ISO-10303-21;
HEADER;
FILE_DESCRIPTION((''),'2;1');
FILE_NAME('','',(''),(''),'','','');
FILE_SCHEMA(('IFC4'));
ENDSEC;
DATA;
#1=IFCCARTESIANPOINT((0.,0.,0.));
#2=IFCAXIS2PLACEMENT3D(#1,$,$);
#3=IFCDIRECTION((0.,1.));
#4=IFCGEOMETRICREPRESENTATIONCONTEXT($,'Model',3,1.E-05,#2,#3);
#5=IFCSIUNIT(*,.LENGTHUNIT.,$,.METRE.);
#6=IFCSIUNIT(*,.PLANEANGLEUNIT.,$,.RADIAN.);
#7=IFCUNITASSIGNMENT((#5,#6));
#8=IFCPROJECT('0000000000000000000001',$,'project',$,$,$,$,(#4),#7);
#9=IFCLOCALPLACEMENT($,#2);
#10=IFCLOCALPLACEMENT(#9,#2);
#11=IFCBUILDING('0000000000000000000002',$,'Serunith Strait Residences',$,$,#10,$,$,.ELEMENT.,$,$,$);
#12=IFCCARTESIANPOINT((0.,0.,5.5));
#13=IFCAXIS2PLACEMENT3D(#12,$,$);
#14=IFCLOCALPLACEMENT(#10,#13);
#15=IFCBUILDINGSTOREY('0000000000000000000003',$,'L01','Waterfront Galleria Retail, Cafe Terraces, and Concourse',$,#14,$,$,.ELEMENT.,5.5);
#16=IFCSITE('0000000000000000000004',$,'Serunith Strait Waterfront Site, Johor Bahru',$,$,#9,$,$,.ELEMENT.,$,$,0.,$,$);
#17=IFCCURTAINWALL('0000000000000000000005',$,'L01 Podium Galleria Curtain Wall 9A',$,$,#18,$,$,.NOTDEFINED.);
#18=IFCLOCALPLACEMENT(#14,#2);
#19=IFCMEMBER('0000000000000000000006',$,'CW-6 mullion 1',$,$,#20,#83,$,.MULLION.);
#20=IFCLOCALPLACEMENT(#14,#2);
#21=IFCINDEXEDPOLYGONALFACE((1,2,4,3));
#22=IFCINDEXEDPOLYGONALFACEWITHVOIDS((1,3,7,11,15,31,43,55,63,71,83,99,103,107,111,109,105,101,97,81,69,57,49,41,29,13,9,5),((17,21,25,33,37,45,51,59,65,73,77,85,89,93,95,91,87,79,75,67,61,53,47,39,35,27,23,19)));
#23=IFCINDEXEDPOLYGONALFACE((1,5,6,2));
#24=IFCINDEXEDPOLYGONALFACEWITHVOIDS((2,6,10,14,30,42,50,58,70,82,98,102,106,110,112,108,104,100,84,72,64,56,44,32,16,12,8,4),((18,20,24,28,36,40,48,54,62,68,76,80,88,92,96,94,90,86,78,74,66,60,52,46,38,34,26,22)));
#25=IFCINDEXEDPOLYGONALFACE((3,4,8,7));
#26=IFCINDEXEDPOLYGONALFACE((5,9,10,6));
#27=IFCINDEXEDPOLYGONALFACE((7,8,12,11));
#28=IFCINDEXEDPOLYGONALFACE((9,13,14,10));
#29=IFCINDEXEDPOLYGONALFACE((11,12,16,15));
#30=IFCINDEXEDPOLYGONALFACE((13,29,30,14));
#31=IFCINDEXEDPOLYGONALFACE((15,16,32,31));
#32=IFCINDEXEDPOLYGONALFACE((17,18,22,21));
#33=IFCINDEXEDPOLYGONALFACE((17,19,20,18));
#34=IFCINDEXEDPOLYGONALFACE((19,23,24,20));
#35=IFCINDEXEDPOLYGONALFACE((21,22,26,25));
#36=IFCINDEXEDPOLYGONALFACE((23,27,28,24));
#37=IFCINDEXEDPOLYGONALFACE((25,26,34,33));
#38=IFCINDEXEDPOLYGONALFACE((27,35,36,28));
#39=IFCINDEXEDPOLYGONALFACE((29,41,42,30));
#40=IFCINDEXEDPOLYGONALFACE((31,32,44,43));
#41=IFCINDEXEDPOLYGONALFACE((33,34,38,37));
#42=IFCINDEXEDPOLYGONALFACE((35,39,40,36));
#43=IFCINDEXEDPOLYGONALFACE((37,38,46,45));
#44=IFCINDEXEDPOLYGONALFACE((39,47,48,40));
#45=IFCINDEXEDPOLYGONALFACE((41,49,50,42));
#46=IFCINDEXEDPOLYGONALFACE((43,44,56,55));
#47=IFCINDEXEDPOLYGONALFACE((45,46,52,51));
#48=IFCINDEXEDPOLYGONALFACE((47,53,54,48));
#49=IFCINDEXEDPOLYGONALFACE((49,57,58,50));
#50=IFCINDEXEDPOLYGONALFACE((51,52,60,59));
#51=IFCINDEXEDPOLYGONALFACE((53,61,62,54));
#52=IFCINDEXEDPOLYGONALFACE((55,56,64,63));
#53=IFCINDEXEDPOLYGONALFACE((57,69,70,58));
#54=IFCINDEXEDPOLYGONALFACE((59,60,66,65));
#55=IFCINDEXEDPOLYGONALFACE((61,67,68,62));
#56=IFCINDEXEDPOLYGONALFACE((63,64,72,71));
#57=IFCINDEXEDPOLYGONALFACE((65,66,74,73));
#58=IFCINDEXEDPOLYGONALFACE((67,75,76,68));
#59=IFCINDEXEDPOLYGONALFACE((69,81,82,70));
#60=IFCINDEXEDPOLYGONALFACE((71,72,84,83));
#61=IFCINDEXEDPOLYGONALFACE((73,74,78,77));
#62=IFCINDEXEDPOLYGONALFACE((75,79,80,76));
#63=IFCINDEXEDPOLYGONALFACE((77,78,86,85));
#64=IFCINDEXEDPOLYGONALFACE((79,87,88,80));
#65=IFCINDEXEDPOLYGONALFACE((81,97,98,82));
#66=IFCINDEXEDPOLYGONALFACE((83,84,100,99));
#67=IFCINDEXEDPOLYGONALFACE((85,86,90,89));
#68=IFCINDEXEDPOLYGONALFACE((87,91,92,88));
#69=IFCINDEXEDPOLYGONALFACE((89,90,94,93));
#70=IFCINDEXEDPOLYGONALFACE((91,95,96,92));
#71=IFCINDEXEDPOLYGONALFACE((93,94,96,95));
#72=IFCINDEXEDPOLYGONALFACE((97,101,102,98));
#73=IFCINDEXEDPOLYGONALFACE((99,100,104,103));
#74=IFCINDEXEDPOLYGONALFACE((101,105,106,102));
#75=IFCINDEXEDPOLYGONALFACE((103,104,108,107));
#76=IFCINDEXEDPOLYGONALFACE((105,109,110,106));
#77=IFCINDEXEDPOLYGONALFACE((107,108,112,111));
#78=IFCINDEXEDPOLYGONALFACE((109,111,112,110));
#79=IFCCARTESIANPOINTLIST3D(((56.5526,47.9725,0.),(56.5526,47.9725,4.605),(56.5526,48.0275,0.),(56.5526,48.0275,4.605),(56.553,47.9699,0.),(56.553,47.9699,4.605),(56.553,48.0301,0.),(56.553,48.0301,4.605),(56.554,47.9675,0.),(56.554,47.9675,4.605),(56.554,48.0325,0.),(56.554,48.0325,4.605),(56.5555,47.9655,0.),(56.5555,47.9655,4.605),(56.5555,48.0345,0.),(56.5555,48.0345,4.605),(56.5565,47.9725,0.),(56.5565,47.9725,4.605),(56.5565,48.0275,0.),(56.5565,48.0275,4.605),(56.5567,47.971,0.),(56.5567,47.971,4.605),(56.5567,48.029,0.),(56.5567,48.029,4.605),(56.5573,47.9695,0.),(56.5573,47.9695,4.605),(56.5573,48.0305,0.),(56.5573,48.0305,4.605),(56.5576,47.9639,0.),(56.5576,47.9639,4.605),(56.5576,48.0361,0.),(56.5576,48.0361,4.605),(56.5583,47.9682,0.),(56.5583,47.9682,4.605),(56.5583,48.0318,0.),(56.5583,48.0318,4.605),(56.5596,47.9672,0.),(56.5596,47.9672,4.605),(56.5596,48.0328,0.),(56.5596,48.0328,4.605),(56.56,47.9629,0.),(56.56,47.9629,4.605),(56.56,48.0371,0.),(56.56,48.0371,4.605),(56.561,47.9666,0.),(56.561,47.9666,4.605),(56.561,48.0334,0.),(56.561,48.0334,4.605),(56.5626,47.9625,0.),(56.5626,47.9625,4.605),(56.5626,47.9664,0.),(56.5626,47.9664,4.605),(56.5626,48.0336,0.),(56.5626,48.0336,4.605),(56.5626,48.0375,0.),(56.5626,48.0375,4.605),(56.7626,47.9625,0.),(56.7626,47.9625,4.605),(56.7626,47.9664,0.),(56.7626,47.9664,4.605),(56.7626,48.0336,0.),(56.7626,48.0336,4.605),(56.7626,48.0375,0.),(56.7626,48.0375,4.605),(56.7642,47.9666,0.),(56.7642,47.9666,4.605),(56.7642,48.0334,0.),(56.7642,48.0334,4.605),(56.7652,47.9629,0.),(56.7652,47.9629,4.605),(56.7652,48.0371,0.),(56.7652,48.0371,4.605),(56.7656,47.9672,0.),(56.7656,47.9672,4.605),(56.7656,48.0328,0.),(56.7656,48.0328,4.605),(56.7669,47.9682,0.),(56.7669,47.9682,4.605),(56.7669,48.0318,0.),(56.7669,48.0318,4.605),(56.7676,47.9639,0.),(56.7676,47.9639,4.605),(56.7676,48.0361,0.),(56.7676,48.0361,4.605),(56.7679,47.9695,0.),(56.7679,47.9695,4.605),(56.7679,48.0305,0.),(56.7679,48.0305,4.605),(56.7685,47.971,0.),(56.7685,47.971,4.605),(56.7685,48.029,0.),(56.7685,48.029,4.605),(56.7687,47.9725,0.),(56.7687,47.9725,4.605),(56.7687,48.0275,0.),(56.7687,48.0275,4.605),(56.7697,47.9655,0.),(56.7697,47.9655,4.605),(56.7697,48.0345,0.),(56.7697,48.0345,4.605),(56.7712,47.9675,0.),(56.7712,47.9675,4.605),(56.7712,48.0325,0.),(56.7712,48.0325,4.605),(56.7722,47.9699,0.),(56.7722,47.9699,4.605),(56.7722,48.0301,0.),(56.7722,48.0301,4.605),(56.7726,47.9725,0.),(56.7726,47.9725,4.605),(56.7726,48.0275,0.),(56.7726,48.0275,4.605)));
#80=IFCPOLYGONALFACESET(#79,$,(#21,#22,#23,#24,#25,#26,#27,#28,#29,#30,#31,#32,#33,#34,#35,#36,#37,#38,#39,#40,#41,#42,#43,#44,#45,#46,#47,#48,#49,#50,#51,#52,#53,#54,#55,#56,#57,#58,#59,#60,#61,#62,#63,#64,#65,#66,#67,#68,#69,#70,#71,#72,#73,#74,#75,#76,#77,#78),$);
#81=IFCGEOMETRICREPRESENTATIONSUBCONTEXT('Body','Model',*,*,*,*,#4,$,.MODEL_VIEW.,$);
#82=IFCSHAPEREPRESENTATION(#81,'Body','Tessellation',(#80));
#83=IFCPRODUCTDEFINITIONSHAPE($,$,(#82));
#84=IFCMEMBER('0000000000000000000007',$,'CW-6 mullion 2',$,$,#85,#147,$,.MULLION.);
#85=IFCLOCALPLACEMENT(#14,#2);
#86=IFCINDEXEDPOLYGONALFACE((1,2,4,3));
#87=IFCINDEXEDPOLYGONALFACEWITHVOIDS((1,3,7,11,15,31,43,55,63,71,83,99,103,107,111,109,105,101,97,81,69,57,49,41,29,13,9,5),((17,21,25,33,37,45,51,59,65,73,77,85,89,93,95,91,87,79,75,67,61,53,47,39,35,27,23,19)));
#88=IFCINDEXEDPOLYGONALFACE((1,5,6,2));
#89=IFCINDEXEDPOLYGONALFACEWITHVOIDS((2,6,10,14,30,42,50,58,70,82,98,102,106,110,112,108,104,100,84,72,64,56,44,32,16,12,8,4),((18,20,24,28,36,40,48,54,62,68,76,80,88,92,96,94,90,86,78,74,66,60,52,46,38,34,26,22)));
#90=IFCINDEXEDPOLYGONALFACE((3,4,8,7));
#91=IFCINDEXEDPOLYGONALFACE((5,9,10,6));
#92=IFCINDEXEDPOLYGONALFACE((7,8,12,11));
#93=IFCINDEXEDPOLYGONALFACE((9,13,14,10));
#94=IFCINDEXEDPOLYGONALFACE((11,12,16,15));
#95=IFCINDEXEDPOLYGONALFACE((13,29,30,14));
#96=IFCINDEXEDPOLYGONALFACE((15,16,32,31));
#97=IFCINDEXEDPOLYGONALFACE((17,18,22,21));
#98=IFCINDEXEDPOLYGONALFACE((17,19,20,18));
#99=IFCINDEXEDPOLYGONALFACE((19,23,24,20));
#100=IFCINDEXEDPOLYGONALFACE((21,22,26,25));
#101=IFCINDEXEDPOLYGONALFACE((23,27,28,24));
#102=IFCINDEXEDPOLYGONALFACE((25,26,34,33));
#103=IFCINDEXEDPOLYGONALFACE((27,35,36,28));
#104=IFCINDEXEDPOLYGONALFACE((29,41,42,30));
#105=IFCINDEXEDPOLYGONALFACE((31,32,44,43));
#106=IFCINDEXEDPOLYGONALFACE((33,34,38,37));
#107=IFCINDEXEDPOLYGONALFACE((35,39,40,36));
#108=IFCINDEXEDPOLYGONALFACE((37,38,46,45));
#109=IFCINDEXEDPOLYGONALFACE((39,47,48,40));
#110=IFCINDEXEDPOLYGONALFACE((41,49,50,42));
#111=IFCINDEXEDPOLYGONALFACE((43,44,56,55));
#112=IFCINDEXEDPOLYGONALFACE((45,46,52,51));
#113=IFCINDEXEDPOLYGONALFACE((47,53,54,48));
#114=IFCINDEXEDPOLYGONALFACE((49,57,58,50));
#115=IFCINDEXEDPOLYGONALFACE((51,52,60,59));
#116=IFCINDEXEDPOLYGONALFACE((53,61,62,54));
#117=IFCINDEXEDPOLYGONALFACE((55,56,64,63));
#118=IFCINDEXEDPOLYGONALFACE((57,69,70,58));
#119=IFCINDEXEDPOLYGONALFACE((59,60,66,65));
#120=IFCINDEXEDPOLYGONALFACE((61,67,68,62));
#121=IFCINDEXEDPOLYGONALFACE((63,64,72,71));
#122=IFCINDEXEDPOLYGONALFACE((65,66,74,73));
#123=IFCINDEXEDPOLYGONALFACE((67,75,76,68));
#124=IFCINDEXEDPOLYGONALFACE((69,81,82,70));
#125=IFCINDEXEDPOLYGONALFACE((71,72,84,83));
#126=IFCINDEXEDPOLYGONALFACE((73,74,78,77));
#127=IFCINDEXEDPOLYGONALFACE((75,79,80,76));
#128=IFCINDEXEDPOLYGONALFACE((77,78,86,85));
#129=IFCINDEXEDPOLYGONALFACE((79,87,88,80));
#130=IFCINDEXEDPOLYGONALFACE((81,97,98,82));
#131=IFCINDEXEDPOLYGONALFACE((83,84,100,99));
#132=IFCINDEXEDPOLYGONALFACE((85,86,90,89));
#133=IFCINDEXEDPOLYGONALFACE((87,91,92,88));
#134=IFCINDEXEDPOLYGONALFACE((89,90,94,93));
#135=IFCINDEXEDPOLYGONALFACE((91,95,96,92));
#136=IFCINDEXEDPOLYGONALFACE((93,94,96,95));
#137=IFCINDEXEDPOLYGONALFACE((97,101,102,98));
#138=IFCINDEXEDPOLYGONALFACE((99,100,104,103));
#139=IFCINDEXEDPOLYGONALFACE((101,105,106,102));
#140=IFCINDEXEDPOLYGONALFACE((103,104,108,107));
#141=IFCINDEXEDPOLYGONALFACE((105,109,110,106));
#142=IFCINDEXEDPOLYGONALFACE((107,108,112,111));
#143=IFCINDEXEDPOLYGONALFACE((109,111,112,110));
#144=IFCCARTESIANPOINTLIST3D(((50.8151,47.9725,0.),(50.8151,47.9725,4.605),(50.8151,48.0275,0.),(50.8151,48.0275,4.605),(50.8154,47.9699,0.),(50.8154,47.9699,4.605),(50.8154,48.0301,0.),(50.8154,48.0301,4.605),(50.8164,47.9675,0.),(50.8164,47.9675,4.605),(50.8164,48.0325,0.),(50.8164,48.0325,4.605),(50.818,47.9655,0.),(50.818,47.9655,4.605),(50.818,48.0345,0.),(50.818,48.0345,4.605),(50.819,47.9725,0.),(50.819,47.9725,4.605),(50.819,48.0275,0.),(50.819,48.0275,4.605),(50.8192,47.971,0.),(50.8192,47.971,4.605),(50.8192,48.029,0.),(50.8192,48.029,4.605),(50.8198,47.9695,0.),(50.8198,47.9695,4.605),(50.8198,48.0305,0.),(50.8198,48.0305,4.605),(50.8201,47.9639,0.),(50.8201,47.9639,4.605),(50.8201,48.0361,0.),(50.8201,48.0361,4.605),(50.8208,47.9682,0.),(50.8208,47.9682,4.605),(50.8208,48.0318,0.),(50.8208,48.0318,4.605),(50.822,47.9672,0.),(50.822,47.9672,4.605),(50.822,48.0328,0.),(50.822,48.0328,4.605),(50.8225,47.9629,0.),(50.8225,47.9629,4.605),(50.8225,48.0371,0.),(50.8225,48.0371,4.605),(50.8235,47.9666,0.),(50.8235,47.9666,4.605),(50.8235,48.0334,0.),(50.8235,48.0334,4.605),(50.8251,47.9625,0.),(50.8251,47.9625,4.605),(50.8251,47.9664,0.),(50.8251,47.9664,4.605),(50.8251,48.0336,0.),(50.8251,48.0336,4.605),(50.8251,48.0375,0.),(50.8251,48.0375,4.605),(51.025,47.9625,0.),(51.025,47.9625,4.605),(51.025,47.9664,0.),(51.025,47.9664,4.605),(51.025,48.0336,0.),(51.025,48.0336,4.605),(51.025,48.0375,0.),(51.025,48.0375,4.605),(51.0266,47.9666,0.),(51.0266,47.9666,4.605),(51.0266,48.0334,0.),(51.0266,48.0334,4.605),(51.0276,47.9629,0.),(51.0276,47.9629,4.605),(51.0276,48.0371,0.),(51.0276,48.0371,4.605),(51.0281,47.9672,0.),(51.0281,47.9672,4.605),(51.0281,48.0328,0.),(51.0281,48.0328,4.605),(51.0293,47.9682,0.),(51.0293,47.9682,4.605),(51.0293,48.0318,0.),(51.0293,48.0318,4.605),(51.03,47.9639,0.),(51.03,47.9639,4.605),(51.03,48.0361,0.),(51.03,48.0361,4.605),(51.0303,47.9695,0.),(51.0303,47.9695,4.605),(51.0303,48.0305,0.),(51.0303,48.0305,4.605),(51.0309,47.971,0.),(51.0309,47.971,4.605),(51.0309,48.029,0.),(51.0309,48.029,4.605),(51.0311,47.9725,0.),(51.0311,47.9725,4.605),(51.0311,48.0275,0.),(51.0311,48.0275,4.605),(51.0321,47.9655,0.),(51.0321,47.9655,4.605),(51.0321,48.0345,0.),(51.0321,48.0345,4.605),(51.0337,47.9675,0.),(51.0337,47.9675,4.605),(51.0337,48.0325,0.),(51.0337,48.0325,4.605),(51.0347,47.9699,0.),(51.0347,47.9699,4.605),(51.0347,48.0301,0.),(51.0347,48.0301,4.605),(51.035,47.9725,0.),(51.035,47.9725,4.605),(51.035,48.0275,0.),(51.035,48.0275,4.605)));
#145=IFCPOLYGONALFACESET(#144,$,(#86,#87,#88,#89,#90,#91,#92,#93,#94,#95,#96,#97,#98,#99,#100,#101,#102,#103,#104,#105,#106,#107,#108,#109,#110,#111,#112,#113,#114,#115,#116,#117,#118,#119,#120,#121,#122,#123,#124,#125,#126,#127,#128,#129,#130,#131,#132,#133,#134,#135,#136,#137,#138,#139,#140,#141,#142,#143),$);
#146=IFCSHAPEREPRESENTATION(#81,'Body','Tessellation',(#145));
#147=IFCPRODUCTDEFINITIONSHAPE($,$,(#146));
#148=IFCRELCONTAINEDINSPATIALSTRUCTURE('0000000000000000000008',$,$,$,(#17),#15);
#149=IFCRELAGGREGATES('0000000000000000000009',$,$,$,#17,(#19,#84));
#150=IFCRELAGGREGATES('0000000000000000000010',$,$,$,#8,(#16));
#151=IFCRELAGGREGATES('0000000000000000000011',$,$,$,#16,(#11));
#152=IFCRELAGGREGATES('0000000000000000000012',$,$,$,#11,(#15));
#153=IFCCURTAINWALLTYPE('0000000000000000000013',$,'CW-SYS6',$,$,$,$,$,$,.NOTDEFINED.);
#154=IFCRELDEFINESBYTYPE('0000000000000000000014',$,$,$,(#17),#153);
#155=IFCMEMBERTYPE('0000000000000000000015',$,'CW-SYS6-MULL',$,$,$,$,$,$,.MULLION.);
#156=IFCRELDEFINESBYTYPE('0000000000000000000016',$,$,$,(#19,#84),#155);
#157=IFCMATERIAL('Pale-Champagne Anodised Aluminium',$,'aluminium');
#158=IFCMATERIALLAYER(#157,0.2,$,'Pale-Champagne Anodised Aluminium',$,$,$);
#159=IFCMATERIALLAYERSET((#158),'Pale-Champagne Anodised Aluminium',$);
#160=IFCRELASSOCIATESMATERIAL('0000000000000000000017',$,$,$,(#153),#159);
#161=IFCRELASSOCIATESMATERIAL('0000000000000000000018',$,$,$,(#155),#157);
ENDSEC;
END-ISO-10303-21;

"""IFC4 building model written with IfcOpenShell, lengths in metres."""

from ifc_helpers import new_model, si_unit, direction, frame, origin, origin_2d, place, context, subcontext, project, spatial, hollow_rectangle, extrude, source, transform, mapped, material, layer, layer_set, material_profile, profile_set, type_object, element, aggregate, save


model = new_model("IFC4")

# Units and contexts
model_context = context("Model", 3, precision=1e-05, world=origin(), true_north=direction((0.0, 1.0)))
body_context = subcontext(model_context, "Body", "Model", "MODEL_VIEW")
ifc_project = project(units=[si_unit("LENGTHUNIT", "METRE"), si_unit("PLANEANGLEUNIT", "RADIAN")], contexts=[model_context])

# Site, building, storey
site_placement = place(None, origin())
site = spatial("IfcSite", under=ifc_project, at=site_placement, Name="Serunith Strait Waterfront Site, Johor Bahru", CompositionType="ELEMENT", RefElevation=0.0)
building_placement = place(site_placement, origin())
building = spatial("IfcBuilding", under=site, at=building_placement, Name="Serunith Strait Residences", CompositionType="ELEMENT")
storey_placement = place(building_placement, frame((0.0, 0.0, 5.5)))
storey = spatial("IfcBuildingStorey", under=building, at=storey_placement, Name="L01", Description="Waterfront Galleria Retail, Cafe Terraces, and Concourse", CompositionType="ELEMENT", Elevation=5.5)

# Curtain wall, members
ifc_material_1 = material(Name="Pale-Champagne Anodised Aluminium", Category="aluminium")
ifc_layer_1 = layer(ifc_material_1, 0.2, Name="Pale-Champagne Anodised Aluminium")
ifc_layer_set_1 = layer_set([ifc_layer_1], Name="Pale-Champagne Anodised Aluminium")
curtain_wall_type = type_object("IfcCurtainWallType", Name="CW-SYS6", PredefinedType="NOTDEFINED", material=ifc_layer_set_1)
curtain_wall_placement = place(storey_placement, origin())
curtain_wall = element("IfcCurtainWall", 1, at=curtain_wall_placement, inside=storey, type_object=curtain_wall_type, Name="L01 Podium Galleria Curtain Wall 9A", PredefinedType="NOTDEFINED")
ifc_material_profile_1 = material_profile(ifc_material_1, hollow_rectangle(XDim=0.075, YDim=0.22, WallThickness=0.0039, InnerFilletRadius=0.0061, OuterFilletRadius=0.01, at=origin_2d()), Name="ALU 220x75x4")
ifc_profile_set_1 = profile_set([ifc_material_profile_1], Name="Pale-Champagne Anodised Aluminium")
member_type_1 = type_object("IfcMemberType", Name="CW-SYS6-MULL", PredefinedType="MULLION", material=ifc_profile_set_1)
shared_shape_1 = source(origin(), body_context, "Body", "SweptSolid", [
    extrude(hollow_rectangle(XDim=0.075, YDim=0.22, WallThickness=0.0039, InnerFilletRadius=0.0061, OuterFilletRadius=0.01, at=origin_2d()), origin(), (0.0, 0.0, 1.0), 4.605),
])
member_1_placement = place(storey_placement, frame((56.6626, 48.0, 0.0), z_axis=(0.0, 0.0, 1.0), x_axis=(0.0, -1.0, 0.0)))
member_1 = element("IfcMember", 2, at=member_1_placement, type_object=member_type_1, Name="CW-6 mullion 1", PredefinedType="MULLION", context=body_context, shape_type="MappedRepresentation", body=[
    mapped(shared_shape_1, transform((0.0, 0.0, 0.0), scale=1.0)),
])
member_2_placement = place(storey_placement, frame((50.925, 48.0, 0.0), z_axis=(0.0, 0.0, 1.0), x_axis=(0.0, -1.0, 0.0)))
member_2 = element("IfcMember", 3, at=member_2_placement, type_object=member_type_1, Name="CW-6 mullion 2", PredefinedType="MULLION", context=body_context, shape_type="MappedRepresentation", body=[
    mapped(shared_shape_1, transform((0.0, 0.0, 0.0), scale=1.0)),
])
aggregate(curtain_wall, [member_1, member_2])

save(model, "model.ifc")
